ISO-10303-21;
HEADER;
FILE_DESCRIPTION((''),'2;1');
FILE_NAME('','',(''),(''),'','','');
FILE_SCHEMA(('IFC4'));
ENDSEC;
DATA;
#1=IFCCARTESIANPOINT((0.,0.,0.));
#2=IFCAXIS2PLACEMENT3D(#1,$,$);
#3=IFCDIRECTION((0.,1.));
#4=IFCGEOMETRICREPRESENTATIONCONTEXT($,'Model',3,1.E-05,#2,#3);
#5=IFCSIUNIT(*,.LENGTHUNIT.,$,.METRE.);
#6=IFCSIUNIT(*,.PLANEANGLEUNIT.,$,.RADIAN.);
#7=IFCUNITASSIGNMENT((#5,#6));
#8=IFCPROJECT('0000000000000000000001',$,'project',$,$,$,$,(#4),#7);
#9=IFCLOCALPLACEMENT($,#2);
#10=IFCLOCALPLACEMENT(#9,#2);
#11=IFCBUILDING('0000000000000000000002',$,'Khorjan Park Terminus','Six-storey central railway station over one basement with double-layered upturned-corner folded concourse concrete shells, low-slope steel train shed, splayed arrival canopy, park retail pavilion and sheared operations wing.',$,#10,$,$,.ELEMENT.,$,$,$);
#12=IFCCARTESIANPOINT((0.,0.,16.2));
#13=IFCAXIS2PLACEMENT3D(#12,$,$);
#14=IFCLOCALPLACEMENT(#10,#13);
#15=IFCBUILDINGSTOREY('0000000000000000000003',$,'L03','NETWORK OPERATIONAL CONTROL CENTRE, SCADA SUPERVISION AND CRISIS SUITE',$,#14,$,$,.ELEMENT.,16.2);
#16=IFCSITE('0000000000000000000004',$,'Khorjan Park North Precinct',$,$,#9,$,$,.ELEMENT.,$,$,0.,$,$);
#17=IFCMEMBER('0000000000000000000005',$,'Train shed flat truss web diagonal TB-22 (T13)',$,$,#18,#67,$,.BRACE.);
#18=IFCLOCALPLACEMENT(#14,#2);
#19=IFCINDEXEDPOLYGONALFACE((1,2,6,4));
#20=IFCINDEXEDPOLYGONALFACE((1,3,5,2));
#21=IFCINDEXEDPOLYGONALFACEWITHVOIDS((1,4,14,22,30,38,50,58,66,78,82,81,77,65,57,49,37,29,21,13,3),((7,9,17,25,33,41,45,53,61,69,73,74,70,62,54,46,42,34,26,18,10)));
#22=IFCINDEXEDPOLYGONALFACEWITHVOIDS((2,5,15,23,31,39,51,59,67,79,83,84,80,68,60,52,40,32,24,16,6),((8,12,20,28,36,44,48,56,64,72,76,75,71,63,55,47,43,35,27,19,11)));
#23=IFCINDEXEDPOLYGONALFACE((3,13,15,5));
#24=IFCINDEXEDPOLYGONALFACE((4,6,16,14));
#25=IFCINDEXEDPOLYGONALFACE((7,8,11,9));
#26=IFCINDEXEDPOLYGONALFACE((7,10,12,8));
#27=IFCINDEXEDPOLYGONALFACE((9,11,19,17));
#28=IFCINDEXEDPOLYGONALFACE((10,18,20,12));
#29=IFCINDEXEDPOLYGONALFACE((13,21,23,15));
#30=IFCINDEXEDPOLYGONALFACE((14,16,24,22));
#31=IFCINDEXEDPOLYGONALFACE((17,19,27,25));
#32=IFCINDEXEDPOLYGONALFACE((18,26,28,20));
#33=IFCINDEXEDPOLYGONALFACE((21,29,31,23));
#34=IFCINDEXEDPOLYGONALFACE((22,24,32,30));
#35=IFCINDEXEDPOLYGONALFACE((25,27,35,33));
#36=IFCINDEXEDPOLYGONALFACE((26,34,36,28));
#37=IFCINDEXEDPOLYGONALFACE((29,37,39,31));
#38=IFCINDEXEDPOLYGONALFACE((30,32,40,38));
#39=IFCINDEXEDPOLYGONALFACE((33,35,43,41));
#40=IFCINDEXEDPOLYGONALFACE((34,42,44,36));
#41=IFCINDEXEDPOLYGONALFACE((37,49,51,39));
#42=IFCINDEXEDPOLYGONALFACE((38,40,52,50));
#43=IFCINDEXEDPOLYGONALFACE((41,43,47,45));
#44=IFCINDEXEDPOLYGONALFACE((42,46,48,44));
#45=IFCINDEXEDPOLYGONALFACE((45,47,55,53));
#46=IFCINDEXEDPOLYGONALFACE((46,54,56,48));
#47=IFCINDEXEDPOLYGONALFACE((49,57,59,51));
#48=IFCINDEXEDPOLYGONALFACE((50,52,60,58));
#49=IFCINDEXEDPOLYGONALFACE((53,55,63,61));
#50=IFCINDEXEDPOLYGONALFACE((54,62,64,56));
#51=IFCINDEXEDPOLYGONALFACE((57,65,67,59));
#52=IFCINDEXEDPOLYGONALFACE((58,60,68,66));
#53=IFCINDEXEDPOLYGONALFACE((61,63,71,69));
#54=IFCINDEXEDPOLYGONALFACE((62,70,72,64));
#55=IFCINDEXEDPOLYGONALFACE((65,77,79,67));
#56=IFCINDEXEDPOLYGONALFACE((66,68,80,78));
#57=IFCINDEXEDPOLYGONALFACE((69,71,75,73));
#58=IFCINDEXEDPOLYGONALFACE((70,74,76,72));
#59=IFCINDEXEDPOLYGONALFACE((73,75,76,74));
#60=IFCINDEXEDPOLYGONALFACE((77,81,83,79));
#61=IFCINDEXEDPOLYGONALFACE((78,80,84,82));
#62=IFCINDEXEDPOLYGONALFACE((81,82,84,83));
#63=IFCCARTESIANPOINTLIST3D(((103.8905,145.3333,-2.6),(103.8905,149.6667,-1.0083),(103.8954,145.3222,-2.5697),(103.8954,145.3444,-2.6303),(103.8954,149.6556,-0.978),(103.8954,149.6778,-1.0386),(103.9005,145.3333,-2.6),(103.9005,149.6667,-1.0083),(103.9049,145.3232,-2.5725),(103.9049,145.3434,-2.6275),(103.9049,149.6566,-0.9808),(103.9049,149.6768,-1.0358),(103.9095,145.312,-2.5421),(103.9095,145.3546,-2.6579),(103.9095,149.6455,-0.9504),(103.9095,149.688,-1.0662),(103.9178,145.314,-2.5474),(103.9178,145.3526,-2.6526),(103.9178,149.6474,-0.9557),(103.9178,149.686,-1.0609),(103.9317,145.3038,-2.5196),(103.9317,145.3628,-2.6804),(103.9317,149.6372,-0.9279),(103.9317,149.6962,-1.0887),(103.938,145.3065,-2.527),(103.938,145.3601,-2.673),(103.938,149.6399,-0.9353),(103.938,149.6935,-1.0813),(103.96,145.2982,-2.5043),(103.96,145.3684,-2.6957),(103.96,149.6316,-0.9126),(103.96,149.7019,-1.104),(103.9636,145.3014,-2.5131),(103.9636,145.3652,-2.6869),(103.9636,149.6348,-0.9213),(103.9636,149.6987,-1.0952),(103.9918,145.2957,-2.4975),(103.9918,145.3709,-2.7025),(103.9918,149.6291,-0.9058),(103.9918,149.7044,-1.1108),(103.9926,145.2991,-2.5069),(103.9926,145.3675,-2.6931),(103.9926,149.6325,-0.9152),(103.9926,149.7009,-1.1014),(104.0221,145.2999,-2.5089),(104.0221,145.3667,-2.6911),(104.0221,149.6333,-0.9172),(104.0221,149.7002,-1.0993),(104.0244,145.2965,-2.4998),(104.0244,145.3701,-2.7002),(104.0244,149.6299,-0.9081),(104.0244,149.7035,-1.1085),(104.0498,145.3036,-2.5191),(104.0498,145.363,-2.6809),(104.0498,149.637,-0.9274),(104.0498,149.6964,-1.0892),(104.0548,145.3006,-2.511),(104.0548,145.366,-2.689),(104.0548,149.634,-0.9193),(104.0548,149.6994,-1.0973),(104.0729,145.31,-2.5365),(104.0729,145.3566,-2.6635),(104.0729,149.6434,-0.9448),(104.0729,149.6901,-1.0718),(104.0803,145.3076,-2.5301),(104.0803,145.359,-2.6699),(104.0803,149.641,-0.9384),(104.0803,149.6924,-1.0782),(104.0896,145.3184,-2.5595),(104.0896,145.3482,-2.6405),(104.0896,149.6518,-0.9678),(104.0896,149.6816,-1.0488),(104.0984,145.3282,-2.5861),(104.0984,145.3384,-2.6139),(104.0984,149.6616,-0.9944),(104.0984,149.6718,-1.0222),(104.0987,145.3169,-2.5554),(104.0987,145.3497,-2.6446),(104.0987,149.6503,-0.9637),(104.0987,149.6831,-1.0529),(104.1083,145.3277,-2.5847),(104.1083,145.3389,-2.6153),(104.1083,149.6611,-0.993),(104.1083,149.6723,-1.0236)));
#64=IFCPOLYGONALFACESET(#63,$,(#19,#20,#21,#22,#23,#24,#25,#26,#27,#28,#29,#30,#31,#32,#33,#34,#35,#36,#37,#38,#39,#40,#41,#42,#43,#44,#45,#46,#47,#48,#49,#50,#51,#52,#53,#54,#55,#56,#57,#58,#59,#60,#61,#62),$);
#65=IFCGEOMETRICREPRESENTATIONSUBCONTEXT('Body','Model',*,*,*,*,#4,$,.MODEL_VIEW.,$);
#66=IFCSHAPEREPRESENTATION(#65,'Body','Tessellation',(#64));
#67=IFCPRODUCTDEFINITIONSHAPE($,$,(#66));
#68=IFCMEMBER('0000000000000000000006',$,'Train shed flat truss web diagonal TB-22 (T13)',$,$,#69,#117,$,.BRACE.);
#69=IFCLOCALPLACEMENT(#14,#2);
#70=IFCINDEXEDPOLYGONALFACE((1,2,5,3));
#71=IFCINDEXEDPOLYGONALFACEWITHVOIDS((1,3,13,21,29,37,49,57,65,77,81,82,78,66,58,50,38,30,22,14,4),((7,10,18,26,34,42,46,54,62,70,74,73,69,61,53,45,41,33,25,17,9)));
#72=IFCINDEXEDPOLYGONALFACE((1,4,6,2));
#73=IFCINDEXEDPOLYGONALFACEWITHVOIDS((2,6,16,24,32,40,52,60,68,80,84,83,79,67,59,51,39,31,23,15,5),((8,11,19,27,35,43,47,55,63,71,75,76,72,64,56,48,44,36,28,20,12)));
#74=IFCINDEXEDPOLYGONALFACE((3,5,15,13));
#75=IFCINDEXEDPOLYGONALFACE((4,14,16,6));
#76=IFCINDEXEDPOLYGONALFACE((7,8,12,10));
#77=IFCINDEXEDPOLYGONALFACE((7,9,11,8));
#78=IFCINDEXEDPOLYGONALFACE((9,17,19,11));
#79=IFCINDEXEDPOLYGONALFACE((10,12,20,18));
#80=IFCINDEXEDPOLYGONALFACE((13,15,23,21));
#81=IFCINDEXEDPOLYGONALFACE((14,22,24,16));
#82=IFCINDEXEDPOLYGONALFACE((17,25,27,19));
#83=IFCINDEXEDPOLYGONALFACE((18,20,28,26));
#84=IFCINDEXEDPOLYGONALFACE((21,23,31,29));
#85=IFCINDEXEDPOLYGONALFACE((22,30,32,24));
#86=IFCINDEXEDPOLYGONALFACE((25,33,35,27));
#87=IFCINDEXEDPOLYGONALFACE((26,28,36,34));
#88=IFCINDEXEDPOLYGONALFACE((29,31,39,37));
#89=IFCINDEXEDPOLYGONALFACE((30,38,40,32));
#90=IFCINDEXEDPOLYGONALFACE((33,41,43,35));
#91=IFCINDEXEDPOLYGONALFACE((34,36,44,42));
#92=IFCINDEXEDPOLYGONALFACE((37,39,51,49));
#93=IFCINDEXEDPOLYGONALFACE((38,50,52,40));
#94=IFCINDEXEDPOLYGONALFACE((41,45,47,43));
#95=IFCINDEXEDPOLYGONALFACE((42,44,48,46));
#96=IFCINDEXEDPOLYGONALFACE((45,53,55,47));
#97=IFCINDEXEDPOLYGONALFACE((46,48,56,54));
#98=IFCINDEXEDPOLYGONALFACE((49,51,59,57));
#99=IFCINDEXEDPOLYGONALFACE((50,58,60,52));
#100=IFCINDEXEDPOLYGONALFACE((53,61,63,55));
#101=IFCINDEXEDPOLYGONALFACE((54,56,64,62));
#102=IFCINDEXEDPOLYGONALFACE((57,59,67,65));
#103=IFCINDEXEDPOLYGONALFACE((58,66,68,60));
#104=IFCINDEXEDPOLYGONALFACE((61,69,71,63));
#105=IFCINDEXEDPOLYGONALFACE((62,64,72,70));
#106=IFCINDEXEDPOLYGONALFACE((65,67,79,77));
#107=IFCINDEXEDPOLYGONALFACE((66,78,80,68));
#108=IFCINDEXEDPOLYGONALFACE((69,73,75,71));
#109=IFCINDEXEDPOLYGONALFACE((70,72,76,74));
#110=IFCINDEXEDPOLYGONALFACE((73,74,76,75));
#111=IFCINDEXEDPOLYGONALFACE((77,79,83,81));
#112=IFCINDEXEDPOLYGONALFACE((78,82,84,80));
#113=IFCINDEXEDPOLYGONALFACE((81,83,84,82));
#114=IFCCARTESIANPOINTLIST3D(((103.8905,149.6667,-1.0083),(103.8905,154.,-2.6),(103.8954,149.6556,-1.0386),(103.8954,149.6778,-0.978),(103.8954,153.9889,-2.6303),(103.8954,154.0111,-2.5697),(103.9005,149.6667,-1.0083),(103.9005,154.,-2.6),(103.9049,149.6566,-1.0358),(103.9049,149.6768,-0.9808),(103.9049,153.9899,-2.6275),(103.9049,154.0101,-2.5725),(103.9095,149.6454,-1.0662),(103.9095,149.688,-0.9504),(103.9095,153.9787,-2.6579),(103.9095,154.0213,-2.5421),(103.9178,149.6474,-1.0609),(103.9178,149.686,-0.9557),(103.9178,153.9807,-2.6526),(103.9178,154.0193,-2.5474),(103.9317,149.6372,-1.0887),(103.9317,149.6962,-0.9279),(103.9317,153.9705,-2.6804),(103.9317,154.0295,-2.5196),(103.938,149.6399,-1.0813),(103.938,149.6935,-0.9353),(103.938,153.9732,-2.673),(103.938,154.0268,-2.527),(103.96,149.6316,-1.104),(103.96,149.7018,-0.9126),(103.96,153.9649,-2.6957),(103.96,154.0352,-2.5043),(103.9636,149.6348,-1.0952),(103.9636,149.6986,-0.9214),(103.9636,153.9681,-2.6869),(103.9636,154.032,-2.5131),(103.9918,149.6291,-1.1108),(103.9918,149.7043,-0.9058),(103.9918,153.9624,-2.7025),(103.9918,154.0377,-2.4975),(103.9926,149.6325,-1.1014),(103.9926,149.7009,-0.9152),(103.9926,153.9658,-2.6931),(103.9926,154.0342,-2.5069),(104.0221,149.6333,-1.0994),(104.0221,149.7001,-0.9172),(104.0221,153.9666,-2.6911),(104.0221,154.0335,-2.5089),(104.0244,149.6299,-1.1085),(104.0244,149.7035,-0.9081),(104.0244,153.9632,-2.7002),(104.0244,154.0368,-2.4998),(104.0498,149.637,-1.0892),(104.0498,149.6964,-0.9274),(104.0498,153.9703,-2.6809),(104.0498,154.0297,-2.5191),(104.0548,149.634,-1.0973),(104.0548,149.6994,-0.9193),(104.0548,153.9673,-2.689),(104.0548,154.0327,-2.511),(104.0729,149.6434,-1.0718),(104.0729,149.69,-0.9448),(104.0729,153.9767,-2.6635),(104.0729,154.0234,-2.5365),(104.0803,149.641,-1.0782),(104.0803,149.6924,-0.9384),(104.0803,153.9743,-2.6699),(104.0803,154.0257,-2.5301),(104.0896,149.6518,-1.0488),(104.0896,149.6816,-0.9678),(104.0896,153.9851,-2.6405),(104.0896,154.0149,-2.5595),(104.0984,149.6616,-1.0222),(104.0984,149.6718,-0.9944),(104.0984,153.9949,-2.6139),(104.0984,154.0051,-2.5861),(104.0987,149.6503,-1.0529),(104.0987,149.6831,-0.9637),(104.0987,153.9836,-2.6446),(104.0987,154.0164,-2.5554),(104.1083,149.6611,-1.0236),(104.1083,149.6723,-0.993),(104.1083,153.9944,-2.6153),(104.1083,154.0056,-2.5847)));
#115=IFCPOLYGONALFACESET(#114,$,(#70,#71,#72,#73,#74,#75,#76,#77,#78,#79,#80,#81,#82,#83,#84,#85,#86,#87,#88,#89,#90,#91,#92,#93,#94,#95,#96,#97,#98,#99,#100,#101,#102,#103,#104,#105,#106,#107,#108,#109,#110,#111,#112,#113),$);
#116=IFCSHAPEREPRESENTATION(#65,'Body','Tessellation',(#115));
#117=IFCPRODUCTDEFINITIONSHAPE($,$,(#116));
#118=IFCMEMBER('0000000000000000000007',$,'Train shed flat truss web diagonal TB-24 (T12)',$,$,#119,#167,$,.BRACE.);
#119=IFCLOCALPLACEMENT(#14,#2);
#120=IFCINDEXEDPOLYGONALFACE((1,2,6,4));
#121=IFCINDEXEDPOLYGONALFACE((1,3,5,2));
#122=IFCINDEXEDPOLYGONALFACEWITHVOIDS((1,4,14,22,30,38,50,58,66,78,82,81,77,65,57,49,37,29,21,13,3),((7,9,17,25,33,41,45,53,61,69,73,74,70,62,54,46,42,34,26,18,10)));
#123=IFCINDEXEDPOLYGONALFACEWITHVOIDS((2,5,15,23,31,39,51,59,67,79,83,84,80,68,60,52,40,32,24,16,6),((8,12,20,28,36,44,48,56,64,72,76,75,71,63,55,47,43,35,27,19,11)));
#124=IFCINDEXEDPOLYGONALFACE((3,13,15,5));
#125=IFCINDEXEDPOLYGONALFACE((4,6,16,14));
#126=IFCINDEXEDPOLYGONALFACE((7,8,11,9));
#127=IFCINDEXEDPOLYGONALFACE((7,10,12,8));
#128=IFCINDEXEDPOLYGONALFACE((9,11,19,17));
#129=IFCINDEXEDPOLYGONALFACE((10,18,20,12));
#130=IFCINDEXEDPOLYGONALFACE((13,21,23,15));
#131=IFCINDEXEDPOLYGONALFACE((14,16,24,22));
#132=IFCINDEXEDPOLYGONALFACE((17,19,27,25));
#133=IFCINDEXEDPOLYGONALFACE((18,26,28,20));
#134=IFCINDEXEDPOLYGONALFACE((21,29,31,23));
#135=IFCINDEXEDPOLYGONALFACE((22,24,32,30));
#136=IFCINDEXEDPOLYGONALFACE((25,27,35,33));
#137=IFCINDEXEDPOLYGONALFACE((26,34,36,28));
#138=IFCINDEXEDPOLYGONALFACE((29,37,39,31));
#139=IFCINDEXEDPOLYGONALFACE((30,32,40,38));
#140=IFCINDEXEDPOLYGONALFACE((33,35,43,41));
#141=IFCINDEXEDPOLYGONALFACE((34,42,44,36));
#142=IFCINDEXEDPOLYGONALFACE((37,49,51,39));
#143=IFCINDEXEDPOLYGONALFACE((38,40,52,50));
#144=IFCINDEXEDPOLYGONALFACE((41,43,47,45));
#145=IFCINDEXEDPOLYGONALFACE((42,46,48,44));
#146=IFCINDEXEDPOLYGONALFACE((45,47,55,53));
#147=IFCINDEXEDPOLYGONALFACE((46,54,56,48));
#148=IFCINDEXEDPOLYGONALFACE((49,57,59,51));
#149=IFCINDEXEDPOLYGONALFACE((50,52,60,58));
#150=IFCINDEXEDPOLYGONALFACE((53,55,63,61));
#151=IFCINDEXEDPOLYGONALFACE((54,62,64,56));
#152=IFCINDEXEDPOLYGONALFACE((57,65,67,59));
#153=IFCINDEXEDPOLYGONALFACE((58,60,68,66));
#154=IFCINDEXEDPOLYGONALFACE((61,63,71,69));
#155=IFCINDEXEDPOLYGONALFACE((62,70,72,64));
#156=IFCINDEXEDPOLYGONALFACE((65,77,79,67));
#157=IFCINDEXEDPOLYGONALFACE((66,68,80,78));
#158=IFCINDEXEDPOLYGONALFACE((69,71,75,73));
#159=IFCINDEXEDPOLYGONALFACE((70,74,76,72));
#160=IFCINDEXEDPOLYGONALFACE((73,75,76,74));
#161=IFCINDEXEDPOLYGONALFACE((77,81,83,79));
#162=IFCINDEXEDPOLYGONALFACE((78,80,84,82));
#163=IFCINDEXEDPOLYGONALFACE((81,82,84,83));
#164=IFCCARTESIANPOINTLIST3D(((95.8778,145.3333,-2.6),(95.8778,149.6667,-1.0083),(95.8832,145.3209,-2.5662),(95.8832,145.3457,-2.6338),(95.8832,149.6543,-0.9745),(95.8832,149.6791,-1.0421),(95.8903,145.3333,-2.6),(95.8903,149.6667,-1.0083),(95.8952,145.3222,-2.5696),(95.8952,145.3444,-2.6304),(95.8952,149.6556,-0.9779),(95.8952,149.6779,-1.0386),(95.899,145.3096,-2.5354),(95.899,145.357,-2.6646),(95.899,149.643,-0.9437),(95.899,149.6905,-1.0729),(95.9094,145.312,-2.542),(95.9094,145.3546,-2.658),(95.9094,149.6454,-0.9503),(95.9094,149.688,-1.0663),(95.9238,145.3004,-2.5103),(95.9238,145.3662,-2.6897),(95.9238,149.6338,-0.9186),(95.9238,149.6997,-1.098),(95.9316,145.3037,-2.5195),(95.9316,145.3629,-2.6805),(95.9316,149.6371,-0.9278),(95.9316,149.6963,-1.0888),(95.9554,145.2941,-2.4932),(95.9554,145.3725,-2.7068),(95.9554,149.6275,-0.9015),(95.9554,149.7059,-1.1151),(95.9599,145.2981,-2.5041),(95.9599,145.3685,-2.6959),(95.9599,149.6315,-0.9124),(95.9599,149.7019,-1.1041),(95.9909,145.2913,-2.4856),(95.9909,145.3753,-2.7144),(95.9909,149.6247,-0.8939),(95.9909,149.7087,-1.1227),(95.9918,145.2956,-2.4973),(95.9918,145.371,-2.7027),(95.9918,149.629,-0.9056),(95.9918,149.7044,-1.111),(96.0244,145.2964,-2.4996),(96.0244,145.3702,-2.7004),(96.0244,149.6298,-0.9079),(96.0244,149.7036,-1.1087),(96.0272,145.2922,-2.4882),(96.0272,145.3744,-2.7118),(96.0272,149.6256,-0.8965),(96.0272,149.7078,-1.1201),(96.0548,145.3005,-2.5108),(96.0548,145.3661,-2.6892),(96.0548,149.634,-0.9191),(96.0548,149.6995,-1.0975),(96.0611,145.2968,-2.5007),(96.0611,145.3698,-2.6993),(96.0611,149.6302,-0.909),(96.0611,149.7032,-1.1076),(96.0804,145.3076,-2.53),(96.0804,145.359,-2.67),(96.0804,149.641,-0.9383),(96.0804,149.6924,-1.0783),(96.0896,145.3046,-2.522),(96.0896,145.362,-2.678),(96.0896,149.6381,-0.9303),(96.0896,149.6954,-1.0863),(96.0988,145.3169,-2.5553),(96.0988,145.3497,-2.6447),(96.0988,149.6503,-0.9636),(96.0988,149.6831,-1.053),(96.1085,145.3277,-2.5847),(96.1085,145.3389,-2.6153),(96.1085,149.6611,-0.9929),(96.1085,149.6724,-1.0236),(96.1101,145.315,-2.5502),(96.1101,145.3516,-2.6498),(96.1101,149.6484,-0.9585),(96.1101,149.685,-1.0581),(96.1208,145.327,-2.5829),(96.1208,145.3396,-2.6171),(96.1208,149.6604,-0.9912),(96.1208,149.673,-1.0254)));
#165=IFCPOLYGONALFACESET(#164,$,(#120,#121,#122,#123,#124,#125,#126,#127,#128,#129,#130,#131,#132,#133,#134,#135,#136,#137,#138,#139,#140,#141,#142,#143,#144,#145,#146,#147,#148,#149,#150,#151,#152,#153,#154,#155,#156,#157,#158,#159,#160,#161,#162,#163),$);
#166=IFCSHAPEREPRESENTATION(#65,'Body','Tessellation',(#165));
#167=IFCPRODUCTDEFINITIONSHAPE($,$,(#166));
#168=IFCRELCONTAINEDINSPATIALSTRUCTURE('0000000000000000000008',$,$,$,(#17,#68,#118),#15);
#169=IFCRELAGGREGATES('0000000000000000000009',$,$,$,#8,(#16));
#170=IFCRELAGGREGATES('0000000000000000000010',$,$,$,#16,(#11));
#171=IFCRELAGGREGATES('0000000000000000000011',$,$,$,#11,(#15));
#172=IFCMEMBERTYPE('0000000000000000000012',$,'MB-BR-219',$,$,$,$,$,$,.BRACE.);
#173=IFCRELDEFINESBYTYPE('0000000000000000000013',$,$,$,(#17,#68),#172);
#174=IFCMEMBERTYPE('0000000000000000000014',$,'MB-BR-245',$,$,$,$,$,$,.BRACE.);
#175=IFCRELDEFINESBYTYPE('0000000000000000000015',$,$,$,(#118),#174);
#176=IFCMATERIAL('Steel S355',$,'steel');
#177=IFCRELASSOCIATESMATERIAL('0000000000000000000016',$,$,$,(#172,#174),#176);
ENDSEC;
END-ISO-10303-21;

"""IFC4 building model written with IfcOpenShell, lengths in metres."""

from ifc_helpers import new_model, si_unit, direction, frame, origin, origin_2d, place, context, subcontext, project, spatial, hollow_circle, extrude, material, material_profile, profile_set, type_object, element, save


model = new_model("IFC4")

# Units and contexts
model_context = context("Model", 3, precision=1e-05, world=origin(), true_north=direction((0.0, 1.0)))
body_context = subcontext(model_context, "Body", "Model", "MODEL_VIEW")
ifc_project = project(units=[si_unit("LENGTHUNIT", "METRE"), si_unit("PLANEANGLEUNIT", "RADIAN")], contexts=[model_context])

# Site, building, storey
site_placement = place(None, origin())
site = spatial("IfcSite", under=ifc_project, at=site_placement, Name="Khorjan Park North Precinct", CompositionType="ELEMENT", RefElevation=0.0)
building_placement = place(site_placement, origin())
building = spatial("IfcBuilding", under=site, at=building_placement, Name="Khorjan Park Terminus", Description="Six-storey central railway station over one basement with double-layered upturned-corner folded concourse concrete shells, low-slope steel train shed, splayed arrival canopy, park retail pavilion and sheared operations wing.", CompositionType="ELEMENT")
storey_placement = place(building_placement, frame((0.0, 0.0, 16.2)))
storey = spatial("IfcBuildingStorey", under=building, at=storey_placement, Name="L03", Description="NETWORK OPERATIONAL CONTROL CENTRE, SCADA SUPERVISION AND CRISIS SUITE", CompositionType="ELEMENT", Elevation=16.2)

# Members
ifc_material = material(Name="Steel S355", Category="steel")
ifc_material_profile_1 = material_profile(ifc_material, hollow_circle(Radius=0.1095, WallThickness=0.01, at=origin_2d()), Name="CHS 219.1x10")
ifc_profile_set_1 = profile_set([ifc_material_profile_1], Name="Steel S355")
member_type_1 = type_object("IfcMemberType", Name="MB-BR-219", PredefinedType="BRACE", material=ifc_profile_set_1)
member_1_placement = place(storey_placement, frame((104.0, 145.3333, -2.6), z_axis=(0.0, 0.938681, 0.344787), x_axis=(-1.0, 0.0, 0.0)))
element("IfcMember", 1, at=member_1_placement, inside=storey, type_object=member_type_1, Name="Train shed flat truss web diagonal TB-22 (T13)", PredefinedType="BRACE", context=body_context, shape_type="SweptSolid", body=[
    extrude(hollow_circle(Radius=0.1095, WallThickness=0.01, at=origin_2d()), origin(), (0.0, 0.0, 1.0), 4.6165),
])
member_2_placement = place(storey_placement, frame((104.0, 149.6667, -1.0083), z_axis=(0.0, 0.938678, -0.344794), x_axis=(-1.0, 0.0, 0.0)))
element("IfcMember", 2, at=member_2_placement, inside=storey, type_object=member_type_1, Name="Train shed flat truss web diagonal TB-22 (T13)", PredefinedType="BRACE", context=body_context, shape_type="SweptSolid", body=[
    extrude(hollow_circle(Radius=0.1095, WallThickness=0.01, at=origin_2d()), origin(), (0.0, 0.0, 1.0), 4.6164),
])
ifc_material_profile_2 = material_profile(ifc_material, hollow_circle(Radius=0.1222, WallThickness=0.0125, at=origin_2d()), Name="CHS 244.5x12.5")
ifc_profile_set_2 = profile_set([ifc_material_profile_2], Name="Steel S355")
member_type_2 = type_object("IfcMemberType", Name="MB-BR-245", PredefinedType="BRACE", material=ifc_profile_set_2)
member_3_placement = place(storey_placement, frame((96.0, 145.3333, -2.6), z_axis=(0.0, 0.938681, 0.344787), x_axis=(-1.0, 0.0, 0.0)))
element("IfcMember", 3, at=member_3_placement, inside=storey, type_object=member_type_2, Name="Train shed flat truss web diagonal TB-24 (T12)", PredefinedType="BRACE", context=body_context, shape_type="SweptSolid", body=[
    extrude(hollow_circle(Radius=0.1222, WallThickness=0.0125, at=origin_2d()), origin(), (0.0, 0.0, 1.0), 4.6165),
])

save(model, "model.ifc")
